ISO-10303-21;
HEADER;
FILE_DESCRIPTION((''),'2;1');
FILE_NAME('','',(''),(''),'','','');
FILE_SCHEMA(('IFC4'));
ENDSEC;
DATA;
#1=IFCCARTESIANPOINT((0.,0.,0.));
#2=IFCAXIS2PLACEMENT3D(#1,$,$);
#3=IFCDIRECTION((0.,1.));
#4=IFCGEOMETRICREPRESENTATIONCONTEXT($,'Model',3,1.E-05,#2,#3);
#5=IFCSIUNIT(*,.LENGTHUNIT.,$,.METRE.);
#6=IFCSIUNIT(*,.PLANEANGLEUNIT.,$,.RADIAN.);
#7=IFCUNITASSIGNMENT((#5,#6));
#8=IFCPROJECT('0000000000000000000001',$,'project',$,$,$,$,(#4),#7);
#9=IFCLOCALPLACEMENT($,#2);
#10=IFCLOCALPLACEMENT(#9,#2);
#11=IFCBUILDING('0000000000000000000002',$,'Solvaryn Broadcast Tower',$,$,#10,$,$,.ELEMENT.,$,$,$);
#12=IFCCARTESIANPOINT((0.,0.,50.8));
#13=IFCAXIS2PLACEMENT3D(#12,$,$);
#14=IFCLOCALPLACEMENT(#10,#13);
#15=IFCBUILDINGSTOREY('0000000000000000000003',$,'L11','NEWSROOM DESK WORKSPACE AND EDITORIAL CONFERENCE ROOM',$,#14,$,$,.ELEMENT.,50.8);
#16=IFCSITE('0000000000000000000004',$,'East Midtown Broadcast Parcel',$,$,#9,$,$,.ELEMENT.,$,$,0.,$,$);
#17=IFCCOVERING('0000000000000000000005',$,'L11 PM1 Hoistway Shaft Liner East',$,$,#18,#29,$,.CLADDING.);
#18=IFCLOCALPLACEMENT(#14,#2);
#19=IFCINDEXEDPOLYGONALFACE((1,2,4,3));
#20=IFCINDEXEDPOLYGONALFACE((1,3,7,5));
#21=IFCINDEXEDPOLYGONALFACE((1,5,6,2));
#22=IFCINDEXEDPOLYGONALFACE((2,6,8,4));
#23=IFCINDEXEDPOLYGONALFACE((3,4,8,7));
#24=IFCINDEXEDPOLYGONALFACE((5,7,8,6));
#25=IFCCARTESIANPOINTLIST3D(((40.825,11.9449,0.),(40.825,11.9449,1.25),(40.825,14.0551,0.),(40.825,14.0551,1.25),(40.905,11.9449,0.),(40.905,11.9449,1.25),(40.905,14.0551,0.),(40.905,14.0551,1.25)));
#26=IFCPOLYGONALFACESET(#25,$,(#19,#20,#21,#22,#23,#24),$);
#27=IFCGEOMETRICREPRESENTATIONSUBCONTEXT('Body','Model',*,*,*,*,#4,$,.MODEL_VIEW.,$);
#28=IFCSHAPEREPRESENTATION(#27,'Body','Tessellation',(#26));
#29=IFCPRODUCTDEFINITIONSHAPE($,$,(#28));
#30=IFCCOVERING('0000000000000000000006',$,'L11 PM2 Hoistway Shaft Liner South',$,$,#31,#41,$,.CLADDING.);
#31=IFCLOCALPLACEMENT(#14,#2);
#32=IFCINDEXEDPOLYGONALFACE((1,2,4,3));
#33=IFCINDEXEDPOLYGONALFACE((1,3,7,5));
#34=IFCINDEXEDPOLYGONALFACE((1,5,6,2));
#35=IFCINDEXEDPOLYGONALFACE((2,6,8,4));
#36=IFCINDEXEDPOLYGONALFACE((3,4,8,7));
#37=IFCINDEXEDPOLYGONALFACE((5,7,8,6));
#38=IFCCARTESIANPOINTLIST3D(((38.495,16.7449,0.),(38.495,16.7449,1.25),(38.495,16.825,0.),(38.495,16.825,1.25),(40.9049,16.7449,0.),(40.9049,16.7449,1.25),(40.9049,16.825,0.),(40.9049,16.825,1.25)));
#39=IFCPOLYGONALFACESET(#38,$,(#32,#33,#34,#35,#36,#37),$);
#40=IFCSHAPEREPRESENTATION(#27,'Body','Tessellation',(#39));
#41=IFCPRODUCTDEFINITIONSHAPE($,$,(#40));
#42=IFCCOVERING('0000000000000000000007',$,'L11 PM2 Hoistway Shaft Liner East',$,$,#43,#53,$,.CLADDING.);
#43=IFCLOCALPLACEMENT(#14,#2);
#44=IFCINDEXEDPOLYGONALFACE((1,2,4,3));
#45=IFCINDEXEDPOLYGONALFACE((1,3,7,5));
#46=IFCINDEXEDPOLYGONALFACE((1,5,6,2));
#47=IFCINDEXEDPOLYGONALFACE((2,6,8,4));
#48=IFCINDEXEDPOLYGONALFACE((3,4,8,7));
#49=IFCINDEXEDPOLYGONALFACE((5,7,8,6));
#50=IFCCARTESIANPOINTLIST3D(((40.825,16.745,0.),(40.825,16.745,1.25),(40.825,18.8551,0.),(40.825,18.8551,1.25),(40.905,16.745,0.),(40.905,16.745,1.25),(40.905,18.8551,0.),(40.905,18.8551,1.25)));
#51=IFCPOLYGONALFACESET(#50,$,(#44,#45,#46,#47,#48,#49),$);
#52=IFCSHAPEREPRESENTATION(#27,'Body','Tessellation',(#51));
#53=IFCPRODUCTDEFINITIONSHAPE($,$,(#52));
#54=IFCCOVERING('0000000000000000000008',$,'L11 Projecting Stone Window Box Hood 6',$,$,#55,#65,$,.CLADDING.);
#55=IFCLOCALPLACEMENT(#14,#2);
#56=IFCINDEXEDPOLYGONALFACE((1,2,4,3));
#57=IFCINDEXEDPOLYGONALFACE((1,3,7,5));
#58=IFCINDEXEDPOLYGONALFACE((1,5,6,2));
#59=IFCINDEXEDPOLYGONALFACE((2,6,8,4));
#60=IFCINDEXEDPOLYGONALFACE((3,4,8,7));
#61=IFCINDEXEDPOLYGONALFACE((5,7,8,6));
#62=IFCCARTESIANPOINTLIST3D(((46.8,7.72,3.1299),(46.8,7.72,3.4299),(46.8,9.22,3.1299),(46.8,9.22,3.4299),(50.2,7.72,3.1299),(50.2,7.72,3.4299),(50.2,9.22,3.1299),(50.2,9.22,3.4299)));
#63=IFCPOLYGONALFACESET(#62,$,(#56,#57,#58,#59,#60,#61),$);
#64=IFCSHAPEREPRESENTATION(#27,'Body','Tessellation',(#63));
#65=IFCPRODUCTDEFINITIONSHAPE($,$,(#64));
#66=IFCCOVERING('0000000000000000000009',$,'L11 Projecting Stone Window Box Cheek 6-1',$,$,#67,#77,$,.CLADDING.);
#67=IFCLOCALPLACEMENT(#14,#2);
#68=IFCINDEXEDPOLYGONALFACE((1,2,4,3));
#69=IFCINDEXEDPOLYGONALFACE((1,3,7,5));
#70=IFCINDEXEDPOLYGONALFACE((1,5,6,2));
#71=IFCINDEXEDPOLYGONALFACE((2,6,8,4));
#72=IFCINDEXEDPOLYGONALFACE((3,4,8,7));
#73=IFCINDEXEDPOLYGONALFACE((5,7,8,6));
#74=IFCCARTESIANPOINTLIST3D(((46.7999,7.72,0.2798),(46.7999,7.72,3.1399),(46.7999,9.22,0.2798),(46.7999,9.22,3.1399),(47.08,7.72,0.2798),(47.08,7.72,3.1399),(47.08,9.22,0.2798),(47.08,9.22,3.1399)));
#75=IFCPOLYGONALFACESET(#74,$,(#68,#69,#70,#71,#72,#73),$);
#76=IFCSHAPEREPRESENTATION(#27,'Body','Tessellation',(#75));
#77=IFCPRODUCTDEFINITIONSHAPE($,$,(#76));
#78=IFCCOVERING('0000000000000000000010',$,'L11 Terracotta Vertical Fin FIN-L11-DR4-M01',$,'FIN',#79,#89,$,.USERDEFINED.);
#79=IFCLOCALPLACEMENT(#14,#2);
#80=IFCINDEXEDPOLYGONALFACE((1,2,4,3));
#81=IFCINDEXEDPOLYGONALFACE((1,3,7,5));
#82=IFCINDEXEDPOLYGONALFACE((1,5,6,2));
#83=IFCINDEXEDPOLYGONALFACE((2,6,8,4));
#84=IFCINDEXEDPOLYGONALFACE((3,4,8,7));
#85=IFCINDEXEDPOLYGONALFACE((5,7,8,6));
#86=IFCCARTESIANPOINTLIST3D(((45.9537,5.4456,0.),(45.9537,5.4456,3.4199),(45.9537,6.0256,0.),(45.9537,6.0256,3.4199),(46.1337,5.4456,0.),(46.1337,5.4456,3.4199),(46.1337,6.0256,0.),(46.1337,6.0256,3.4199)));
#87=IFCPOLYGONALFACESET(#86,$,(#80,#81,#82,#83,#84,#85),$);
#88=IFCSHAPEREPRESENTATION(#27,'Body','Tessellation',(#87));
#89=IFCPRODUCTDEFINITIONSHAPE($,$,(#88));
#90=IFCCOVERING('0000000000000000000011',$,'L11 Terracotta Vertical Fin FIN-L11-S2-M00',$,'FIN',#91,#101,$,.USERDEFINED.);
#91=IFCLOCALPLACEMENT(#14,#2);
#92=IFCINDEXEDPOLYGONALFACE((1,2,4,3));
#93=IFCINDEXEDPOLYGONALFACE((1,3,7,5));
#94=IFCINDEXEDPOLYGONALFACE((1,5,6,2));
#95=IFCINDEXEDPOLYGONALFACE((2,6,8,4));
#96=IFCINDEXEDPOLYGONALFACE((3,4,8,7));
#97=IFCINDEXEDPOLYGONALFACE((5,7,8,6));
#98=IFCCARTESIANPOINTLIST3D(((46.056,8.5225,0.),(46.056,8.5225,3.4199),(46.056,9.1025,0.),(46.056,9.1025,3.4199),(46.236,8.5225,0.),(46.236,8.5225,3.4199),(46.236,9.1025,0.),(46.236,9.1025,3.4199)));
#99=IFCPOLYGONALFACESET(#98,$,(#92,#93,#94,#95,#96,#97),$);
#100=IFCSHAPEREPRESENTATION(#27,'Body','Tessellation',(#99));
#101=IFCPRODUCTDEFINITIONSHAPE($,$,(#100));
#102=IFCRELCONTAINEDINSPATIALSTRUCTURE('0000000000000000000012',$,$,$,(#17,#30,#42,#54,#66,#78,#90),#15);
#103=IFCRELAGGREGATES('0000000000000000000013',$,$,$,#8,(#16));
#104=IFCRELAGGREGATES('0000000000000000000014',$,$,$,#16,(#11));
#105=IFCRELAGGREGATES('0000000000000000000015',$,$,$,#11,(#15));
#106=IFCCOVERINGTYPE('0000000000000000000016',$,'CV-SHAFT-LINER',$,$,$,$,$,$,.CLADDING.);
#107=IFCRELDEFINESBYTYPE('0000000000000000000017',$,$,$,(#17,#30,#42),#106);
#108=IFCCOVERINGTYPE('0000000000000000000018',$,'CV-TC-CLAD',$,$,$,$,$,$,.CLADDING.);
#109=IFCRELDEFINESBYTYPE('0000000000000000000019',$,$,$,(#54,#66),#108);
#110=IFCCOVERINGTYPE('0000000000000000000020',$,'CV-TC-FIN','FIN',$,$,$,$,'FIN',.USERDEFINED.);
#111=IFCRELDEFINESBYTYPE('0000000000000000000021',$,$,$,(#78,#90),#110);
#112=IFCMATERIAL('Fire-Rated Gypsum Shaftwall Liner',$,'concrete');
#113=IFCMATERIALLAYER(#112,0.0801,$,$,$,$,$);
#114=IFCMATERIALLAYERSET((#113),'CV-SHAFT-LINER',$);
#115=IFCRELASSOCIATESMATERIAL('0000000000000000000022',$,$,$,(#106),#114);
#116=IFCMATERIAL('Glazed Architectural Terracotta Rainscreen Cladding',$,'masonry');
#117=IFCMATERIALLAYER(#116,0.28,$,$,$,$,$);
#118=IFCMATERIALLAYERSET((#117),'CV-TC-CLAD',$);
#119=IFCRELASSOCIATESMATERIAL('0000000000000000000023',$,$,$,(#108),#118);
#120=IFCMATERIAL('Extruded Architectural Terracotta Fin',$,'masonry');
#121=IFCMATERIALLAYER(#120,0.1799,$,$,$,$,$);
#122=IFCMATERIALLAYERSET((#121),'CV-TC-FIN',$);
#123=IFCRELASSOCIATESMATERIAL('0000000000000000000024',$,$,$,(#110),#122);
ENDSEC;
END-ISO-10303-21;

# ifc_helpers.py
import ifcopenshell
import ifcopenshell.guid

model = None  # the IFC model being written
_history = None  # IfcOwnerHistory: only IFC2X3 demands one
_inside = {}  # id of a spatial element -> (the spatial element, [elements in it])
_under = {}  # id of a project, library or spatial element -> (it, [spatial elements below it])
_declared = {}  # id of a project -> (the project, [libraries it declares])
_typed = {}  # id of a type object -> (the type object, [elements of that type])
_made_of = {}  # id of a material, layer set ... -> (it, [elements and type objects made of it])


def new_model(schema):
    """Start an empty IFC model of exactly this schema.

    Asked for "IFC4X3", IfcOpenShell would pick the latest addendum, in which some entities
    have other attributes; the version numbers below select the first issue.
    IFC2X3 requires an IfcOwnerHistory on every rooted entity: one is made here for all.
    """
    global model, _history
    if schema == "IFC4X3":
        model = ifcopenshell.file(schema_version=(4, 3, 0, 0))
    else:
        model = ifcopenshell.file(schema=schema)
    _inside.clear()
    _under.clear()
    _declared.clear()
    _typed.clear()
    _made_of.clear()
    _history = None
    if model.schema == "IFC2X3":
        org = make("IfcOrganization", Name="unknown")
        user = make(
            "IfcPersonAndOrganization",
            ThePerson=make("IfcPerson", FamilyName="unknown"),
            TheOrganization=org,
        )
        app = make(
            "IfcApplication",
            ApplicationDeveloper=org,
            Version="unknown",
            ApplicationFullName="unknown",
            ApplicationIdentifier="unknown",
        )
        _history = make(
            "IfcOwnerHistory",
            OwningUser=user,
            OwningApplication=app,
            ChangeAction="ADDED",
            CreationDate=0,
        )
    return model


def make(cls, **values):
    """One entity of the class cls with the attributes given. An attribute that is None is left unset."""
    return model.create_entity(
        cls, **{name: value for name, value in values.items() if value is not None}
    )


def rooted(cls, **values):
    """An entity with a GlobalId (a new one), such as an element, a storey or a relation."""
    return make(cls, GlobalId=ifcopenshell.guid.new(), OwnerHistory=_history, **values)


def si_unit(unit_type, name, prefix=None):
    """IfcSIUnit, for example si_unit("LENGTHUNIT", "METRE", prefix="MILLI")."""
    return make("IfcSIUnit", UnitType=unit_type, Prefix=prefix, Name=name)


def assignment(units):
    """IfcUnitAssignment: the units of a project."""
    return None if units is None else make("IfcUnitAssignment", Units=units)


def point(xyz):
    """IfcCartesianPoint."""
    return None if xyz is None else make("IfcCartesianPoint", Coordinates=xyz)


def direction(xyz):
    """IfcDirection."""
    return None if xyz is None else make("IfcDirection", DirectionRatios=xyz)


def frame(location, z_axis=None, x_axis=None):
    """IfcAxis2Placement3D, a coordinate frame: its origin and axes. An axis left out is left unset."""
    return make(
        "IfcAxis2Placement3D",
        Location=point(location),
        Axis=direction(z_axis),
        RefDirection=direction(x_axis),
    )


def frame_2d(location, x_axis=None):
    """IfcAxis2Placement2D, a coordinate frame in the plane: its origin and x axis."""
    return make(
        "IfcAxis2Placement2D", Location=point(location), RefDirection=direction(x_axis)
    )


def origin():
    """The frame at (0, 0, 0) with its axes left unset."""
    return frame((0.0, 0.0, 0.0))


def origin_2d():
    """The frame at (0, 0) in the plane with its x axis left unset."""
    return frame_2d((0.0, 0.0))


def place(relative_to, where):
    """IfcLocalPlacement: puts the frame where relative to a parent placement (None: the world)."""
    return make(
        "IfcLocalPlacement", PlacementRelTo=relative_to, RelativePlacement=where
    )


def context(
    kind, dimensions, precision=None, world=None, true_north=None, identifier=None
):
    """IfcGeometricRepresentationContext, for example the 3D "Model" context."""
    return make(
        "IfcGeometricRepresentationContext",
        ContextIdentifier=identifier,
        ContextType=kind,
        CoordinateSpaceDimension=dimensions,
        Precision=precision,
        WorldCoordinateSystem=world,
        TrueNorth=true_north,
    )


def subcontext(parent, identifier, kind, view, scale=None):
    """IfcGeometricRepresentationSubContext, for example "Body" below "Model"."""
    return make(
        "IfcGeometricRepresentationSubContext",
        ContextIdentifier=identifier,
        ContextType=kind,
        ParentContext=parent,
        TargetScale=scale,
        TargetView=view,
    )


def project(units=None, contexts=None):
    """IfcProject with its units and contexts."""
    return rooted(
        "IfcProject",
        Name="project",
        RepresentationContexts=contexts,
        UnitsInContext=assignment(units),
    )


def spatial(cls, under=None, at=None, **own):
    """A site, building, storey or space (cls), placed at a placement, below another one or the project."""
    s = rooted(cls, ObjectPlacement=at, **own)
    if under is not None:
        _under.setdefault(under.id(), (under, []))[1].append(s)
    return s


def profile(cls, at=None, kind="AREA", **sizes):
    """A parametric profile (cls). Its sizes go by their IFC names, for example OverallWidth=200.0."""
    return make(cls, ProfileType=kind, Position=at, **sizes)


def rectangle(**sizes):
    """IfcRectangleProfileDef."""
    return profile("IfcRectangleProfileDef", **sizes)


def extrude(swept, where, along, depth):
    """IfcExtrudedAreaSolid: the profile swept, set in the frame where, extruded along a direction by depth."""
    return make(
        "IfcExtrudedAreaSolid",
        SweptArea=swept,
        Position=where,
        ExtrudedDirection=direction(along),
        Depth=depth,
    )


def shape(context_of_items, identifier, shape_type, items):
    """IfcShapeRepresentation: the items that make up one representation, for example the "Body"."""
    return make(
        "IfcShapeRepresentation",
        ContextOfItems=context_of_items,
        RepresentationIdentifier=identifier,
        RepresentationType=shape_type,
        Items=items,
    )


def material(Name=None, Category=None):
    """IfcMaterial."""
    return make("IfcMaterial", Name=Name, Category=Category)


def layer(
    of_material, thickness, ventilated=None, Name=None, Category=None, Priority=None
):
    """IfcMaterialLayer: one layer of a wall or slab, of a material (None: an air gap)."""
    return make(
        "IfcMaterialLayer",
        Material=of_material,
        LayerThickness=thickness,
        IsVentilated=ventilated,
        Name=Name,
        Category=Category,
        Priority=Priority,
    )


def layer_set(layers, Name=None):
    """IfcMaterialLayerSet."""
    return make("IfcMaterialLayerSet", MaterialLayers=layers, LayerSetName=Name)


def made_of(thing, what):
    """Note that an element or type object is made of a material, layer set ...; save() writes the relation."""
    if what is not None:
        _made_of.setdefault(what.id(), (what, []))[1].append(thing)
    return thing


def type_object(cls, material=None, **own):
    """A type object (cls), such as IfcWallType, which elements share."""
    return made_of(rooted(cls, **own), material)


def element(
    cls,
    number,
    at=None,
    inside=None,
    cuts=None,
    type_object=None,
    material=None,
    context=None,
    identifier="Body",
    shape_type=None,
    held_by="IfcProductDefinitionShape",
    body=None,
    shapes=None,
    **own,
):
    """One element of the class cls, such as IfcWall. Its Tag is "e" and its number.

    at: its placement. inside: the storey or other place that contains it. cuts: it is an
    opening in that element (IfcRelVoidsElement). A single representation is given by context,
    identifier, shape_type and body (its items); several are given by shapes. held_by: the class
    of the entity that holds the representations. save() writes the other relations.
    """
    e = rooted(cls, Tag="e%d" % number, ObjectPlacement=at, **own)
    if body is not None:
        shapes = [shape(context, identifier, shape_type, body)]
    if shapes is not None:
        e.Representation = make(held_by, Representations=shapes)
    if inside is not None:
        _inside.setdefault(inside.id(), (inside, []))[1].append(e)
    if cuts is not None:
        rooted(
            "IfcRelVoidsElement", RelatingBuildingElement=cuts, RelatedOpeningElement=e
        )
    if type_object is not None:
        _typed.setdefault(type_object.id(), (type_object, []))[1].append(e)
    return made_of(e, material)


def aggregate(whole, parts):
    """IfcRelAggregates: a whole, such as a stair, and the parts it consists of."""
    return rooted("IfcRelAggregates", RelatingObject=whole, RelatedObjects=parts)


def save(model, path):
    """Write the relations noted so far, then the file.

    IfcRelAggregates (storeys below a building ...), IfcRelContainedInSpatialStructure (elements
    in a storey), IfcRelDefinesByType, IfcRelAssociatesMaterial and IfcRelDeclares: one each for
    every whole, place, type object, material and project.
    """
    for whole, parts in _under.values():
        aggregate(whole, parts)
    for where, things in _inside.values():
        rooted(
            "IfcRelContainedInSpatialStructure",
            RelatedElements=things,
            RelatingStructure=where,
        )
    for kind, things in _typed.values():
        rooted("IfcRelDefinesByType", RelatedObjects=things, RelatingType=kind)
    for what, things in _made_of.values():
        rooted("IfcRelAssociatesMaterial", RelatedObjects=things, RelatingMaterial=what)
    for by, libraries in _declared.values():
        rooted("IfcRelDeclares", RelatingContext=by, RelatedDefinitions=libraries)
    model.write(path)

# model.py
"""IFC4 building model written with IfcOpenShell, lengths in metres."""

from ifc_helpers import new_model, si_unit, direction, frame, origin, origin_2d, place, context, subcontext, project, spatial, rectangle, extrude, material, layer, layer_set, type_object, element, save


model = new_model("IFC4")

# Units and contexts
model_context = context("Model", 3, precision=1e-05, world=origin(), true_north=direction((0.0, 1.0)))
body_context = subcontext(model_context, "Body", "Model", "MODEL_VIEW")
ifc_project = project(units=[si_unit("LENGTHUNIT", "METRE"), si_unit("PLANEANGLEUNIT", "RADIAN")], contexts=[model_context])

# Site, building, storey
site_placement = place(None, origin())
site = spatial("IfcSite", under=ifc_project, at=site_placement, Name="East Midtown Broadcast Parcel", CompositionType="ELEMENT", RefElevation=0.0)
building_placement = place(site_placement, origin())
building = spatial("IfcBuilding", under=site, at=building_placement, Name="Solvaryn Broadcast Tower", CompositionType="ELEMENT")
storey_placement = place(building_placement, frame((0.0, 0.0, 50.8)))
storey = spatial("IfcBuildingStorey", under=building, at=storey_placement, Name="L11", Description="NEWSROOM DESK WORKSPACE AND EDITORIAL CONFERENCE ROOM", CompositionType="ELEMENT", Elevation=50.8)

# Coverings
ifc_material_1 = material(Name="Fire-Rated Gypsum Shaftwall Liner", Category="concrete")
ifc_layer_1 = layer(ifc_material_1, 0.0801)
ifc_layer_set_1 = layer_set([ifc_layer_1], Name="CV-SHAFT-LINER")
covering_type_1 = type_object("IfcCoveringType", Name="CV-SHAFT-LINER", PredefinedType="CLADDING", material=ifc_layer_set_1)
covering_1_placement = place(storey_placement, frame((40.865, 13.0, 0.0), z_axis=(0.0, 0.0, 1.0), x_axis=(1.0, 0.0, 0.0)))
element("IfcCovering", 1, at=covering_1_placement, inside=storey, type_object=covering_type_1, Name="L11 PM1 Hoistway Shaft Liner East", PredefinedType="CLADDING", context=body_context, shape_type="SweptSolid", body=[
    extrude(rectangle(XDim=0.0801, YDim=2.1101, at=origin_2d()), origin(), (0.0, 0.0, 1.0), 1.25),
])
covering_2_placement = place(storey_placement, frame((39.7, 16.7849, 0.0), z_axis=(0.0, 0.0, 1.0), x_axis=(1.0, 0.0, 0.0)))
element("IfcCovering", 2, at=covering_2_placement, inside=storey, type_object=covering_type_1, Name="L11 PM2 Hoistway Shaft Liner South", PredefinedType="CLADDING", context=body_context, shape_type="SweptSolid", body=[
    extrude(rectangle(XDim=2.4099, YDim=0.0801, at=origin_2d()), origin(), (0.0, 0.0, 1.0), 1.25),
])
covering_3_placement = place(storey_placement, frame((40.865, 17.8, 0.0), z_axis=(0.0, 0.0, 1.0), x_axis=(1.0, 0.0, 0.0)))
element("IfcCovering", 3, at=covering_3_placement, inside=storey, type_object=covering_type_1, Name="L11 PM2 Hoistway Shaft Liner East", PredefinedType="CLADDING", context=body_context, shape_type="SweptSolid", body=[
    extrude(rectangle(XDim=0.0801, YDim=2.1101, at=origin_2d()), origin(), (0.0, 0.0, 1.0), 1.25),
])
ifc_material_2 = material(Name="Glazed Architectural Terracotta Rainscreen Cladding", Category="masonry")
ifc_layer_2 = layer(ifc_material_2, 0.28)
ifc_layer_set_2 = layer_set([ifc_layer_2], Name="CV-TC-CLAD")
covering_type_2 = type_object("IfcCoveringType", Name="CV-TC-CLAD", PredefinedType="CLADDING", material=ifc_layer_set_2)
covering_4_placement = place(storey_placement, frame((48.5, 8.47, 3.1299), z_axis=(0.0, 0.0, 1.0), x_axis=(1.0, 0.0, 0.0)))
element("IfcCovering", 4, at=covering_4_placement, inside=storey, type_object=covering_type_2, Name="L11 Projecting Stone Window Box Hood 6", PredefinedType="CLADDING", context=body_context, shape_type="SweptSolid", body=[
    extrude(rectangle(XDim=3.3999, YDim=1.5, at=origin_2d()), origin(), (0.0, 0.0, 1.0), 0.3),
])
covering_5_placement = place(storey_placement, frame((46.9399, 8.47, 0.2798), z_axis=(0.0, 0.0, 1.0), x_axis=(1.0, 0.0, 0.0)))
element("IfcCovering", 5, at=covering_5_placement, inside=storey, type_object=covering_type_2, Name="L11 Projecting Stone Window Box Cheek 6-1", PredefinedType="CLADDING", context=body_context, shape_type="SweptSolid", body=[
    extrude(rectangle(XDim=0.28, YDim=1.5, at=origin_2d()), origin(), (0.0, 0.0, 1.0), 2.8601),
])
ifc_material_3 = material(Name="Extruded Architectural Terracotta Fin", Category="masonry")
ifc_layer_3 = layer(ifc_material_3, 0.1799)
ifc_layer_set_3 = layer_set([ifc_layer_3], Name="CV-TC-FIN")
covering_type_3 = type_object("IfcCoveringType", Name="CV-TC-FIN", Description="FIN", ElementType="FIN", PredefinedType="USERDEFINED", material=ifc_layer_set_3)
for number, where, z_axis, x_axis, name in (
    (6, (46.0437, 5.7356, 0.0), (0.0, 0.0, 1.0), (1.0, 0.0, 0.0), "L11 Terracotta Vertical Fin FIN-L11-DR4-M01"),
    (7, (46.146, 8.8125, 0.0), (0.0, 0.0, 1.0), (1.0, 0.0, 0.0), "L11 Terracotta Vertical Fin FIN-L11-S2-M00"),
):
    element("IfcCovering", number, at=place(storey_placement, frame(where, z_axis=z_axis, x_axis=x_axis)), inside=storey, type_object=covering_type_3, Name=name, ObjectType="FIN", PredefinedType="USERDEFINED", context=body_context, shape_type="SweptSolid", body=[
        extrude(rectangle(XDim=0.1799, YDim=0.5801, at=origin_2d()), origin(), (0.0, 0.0, 1.0), 3.4199),
    ])

save(model, "model.ifc")
